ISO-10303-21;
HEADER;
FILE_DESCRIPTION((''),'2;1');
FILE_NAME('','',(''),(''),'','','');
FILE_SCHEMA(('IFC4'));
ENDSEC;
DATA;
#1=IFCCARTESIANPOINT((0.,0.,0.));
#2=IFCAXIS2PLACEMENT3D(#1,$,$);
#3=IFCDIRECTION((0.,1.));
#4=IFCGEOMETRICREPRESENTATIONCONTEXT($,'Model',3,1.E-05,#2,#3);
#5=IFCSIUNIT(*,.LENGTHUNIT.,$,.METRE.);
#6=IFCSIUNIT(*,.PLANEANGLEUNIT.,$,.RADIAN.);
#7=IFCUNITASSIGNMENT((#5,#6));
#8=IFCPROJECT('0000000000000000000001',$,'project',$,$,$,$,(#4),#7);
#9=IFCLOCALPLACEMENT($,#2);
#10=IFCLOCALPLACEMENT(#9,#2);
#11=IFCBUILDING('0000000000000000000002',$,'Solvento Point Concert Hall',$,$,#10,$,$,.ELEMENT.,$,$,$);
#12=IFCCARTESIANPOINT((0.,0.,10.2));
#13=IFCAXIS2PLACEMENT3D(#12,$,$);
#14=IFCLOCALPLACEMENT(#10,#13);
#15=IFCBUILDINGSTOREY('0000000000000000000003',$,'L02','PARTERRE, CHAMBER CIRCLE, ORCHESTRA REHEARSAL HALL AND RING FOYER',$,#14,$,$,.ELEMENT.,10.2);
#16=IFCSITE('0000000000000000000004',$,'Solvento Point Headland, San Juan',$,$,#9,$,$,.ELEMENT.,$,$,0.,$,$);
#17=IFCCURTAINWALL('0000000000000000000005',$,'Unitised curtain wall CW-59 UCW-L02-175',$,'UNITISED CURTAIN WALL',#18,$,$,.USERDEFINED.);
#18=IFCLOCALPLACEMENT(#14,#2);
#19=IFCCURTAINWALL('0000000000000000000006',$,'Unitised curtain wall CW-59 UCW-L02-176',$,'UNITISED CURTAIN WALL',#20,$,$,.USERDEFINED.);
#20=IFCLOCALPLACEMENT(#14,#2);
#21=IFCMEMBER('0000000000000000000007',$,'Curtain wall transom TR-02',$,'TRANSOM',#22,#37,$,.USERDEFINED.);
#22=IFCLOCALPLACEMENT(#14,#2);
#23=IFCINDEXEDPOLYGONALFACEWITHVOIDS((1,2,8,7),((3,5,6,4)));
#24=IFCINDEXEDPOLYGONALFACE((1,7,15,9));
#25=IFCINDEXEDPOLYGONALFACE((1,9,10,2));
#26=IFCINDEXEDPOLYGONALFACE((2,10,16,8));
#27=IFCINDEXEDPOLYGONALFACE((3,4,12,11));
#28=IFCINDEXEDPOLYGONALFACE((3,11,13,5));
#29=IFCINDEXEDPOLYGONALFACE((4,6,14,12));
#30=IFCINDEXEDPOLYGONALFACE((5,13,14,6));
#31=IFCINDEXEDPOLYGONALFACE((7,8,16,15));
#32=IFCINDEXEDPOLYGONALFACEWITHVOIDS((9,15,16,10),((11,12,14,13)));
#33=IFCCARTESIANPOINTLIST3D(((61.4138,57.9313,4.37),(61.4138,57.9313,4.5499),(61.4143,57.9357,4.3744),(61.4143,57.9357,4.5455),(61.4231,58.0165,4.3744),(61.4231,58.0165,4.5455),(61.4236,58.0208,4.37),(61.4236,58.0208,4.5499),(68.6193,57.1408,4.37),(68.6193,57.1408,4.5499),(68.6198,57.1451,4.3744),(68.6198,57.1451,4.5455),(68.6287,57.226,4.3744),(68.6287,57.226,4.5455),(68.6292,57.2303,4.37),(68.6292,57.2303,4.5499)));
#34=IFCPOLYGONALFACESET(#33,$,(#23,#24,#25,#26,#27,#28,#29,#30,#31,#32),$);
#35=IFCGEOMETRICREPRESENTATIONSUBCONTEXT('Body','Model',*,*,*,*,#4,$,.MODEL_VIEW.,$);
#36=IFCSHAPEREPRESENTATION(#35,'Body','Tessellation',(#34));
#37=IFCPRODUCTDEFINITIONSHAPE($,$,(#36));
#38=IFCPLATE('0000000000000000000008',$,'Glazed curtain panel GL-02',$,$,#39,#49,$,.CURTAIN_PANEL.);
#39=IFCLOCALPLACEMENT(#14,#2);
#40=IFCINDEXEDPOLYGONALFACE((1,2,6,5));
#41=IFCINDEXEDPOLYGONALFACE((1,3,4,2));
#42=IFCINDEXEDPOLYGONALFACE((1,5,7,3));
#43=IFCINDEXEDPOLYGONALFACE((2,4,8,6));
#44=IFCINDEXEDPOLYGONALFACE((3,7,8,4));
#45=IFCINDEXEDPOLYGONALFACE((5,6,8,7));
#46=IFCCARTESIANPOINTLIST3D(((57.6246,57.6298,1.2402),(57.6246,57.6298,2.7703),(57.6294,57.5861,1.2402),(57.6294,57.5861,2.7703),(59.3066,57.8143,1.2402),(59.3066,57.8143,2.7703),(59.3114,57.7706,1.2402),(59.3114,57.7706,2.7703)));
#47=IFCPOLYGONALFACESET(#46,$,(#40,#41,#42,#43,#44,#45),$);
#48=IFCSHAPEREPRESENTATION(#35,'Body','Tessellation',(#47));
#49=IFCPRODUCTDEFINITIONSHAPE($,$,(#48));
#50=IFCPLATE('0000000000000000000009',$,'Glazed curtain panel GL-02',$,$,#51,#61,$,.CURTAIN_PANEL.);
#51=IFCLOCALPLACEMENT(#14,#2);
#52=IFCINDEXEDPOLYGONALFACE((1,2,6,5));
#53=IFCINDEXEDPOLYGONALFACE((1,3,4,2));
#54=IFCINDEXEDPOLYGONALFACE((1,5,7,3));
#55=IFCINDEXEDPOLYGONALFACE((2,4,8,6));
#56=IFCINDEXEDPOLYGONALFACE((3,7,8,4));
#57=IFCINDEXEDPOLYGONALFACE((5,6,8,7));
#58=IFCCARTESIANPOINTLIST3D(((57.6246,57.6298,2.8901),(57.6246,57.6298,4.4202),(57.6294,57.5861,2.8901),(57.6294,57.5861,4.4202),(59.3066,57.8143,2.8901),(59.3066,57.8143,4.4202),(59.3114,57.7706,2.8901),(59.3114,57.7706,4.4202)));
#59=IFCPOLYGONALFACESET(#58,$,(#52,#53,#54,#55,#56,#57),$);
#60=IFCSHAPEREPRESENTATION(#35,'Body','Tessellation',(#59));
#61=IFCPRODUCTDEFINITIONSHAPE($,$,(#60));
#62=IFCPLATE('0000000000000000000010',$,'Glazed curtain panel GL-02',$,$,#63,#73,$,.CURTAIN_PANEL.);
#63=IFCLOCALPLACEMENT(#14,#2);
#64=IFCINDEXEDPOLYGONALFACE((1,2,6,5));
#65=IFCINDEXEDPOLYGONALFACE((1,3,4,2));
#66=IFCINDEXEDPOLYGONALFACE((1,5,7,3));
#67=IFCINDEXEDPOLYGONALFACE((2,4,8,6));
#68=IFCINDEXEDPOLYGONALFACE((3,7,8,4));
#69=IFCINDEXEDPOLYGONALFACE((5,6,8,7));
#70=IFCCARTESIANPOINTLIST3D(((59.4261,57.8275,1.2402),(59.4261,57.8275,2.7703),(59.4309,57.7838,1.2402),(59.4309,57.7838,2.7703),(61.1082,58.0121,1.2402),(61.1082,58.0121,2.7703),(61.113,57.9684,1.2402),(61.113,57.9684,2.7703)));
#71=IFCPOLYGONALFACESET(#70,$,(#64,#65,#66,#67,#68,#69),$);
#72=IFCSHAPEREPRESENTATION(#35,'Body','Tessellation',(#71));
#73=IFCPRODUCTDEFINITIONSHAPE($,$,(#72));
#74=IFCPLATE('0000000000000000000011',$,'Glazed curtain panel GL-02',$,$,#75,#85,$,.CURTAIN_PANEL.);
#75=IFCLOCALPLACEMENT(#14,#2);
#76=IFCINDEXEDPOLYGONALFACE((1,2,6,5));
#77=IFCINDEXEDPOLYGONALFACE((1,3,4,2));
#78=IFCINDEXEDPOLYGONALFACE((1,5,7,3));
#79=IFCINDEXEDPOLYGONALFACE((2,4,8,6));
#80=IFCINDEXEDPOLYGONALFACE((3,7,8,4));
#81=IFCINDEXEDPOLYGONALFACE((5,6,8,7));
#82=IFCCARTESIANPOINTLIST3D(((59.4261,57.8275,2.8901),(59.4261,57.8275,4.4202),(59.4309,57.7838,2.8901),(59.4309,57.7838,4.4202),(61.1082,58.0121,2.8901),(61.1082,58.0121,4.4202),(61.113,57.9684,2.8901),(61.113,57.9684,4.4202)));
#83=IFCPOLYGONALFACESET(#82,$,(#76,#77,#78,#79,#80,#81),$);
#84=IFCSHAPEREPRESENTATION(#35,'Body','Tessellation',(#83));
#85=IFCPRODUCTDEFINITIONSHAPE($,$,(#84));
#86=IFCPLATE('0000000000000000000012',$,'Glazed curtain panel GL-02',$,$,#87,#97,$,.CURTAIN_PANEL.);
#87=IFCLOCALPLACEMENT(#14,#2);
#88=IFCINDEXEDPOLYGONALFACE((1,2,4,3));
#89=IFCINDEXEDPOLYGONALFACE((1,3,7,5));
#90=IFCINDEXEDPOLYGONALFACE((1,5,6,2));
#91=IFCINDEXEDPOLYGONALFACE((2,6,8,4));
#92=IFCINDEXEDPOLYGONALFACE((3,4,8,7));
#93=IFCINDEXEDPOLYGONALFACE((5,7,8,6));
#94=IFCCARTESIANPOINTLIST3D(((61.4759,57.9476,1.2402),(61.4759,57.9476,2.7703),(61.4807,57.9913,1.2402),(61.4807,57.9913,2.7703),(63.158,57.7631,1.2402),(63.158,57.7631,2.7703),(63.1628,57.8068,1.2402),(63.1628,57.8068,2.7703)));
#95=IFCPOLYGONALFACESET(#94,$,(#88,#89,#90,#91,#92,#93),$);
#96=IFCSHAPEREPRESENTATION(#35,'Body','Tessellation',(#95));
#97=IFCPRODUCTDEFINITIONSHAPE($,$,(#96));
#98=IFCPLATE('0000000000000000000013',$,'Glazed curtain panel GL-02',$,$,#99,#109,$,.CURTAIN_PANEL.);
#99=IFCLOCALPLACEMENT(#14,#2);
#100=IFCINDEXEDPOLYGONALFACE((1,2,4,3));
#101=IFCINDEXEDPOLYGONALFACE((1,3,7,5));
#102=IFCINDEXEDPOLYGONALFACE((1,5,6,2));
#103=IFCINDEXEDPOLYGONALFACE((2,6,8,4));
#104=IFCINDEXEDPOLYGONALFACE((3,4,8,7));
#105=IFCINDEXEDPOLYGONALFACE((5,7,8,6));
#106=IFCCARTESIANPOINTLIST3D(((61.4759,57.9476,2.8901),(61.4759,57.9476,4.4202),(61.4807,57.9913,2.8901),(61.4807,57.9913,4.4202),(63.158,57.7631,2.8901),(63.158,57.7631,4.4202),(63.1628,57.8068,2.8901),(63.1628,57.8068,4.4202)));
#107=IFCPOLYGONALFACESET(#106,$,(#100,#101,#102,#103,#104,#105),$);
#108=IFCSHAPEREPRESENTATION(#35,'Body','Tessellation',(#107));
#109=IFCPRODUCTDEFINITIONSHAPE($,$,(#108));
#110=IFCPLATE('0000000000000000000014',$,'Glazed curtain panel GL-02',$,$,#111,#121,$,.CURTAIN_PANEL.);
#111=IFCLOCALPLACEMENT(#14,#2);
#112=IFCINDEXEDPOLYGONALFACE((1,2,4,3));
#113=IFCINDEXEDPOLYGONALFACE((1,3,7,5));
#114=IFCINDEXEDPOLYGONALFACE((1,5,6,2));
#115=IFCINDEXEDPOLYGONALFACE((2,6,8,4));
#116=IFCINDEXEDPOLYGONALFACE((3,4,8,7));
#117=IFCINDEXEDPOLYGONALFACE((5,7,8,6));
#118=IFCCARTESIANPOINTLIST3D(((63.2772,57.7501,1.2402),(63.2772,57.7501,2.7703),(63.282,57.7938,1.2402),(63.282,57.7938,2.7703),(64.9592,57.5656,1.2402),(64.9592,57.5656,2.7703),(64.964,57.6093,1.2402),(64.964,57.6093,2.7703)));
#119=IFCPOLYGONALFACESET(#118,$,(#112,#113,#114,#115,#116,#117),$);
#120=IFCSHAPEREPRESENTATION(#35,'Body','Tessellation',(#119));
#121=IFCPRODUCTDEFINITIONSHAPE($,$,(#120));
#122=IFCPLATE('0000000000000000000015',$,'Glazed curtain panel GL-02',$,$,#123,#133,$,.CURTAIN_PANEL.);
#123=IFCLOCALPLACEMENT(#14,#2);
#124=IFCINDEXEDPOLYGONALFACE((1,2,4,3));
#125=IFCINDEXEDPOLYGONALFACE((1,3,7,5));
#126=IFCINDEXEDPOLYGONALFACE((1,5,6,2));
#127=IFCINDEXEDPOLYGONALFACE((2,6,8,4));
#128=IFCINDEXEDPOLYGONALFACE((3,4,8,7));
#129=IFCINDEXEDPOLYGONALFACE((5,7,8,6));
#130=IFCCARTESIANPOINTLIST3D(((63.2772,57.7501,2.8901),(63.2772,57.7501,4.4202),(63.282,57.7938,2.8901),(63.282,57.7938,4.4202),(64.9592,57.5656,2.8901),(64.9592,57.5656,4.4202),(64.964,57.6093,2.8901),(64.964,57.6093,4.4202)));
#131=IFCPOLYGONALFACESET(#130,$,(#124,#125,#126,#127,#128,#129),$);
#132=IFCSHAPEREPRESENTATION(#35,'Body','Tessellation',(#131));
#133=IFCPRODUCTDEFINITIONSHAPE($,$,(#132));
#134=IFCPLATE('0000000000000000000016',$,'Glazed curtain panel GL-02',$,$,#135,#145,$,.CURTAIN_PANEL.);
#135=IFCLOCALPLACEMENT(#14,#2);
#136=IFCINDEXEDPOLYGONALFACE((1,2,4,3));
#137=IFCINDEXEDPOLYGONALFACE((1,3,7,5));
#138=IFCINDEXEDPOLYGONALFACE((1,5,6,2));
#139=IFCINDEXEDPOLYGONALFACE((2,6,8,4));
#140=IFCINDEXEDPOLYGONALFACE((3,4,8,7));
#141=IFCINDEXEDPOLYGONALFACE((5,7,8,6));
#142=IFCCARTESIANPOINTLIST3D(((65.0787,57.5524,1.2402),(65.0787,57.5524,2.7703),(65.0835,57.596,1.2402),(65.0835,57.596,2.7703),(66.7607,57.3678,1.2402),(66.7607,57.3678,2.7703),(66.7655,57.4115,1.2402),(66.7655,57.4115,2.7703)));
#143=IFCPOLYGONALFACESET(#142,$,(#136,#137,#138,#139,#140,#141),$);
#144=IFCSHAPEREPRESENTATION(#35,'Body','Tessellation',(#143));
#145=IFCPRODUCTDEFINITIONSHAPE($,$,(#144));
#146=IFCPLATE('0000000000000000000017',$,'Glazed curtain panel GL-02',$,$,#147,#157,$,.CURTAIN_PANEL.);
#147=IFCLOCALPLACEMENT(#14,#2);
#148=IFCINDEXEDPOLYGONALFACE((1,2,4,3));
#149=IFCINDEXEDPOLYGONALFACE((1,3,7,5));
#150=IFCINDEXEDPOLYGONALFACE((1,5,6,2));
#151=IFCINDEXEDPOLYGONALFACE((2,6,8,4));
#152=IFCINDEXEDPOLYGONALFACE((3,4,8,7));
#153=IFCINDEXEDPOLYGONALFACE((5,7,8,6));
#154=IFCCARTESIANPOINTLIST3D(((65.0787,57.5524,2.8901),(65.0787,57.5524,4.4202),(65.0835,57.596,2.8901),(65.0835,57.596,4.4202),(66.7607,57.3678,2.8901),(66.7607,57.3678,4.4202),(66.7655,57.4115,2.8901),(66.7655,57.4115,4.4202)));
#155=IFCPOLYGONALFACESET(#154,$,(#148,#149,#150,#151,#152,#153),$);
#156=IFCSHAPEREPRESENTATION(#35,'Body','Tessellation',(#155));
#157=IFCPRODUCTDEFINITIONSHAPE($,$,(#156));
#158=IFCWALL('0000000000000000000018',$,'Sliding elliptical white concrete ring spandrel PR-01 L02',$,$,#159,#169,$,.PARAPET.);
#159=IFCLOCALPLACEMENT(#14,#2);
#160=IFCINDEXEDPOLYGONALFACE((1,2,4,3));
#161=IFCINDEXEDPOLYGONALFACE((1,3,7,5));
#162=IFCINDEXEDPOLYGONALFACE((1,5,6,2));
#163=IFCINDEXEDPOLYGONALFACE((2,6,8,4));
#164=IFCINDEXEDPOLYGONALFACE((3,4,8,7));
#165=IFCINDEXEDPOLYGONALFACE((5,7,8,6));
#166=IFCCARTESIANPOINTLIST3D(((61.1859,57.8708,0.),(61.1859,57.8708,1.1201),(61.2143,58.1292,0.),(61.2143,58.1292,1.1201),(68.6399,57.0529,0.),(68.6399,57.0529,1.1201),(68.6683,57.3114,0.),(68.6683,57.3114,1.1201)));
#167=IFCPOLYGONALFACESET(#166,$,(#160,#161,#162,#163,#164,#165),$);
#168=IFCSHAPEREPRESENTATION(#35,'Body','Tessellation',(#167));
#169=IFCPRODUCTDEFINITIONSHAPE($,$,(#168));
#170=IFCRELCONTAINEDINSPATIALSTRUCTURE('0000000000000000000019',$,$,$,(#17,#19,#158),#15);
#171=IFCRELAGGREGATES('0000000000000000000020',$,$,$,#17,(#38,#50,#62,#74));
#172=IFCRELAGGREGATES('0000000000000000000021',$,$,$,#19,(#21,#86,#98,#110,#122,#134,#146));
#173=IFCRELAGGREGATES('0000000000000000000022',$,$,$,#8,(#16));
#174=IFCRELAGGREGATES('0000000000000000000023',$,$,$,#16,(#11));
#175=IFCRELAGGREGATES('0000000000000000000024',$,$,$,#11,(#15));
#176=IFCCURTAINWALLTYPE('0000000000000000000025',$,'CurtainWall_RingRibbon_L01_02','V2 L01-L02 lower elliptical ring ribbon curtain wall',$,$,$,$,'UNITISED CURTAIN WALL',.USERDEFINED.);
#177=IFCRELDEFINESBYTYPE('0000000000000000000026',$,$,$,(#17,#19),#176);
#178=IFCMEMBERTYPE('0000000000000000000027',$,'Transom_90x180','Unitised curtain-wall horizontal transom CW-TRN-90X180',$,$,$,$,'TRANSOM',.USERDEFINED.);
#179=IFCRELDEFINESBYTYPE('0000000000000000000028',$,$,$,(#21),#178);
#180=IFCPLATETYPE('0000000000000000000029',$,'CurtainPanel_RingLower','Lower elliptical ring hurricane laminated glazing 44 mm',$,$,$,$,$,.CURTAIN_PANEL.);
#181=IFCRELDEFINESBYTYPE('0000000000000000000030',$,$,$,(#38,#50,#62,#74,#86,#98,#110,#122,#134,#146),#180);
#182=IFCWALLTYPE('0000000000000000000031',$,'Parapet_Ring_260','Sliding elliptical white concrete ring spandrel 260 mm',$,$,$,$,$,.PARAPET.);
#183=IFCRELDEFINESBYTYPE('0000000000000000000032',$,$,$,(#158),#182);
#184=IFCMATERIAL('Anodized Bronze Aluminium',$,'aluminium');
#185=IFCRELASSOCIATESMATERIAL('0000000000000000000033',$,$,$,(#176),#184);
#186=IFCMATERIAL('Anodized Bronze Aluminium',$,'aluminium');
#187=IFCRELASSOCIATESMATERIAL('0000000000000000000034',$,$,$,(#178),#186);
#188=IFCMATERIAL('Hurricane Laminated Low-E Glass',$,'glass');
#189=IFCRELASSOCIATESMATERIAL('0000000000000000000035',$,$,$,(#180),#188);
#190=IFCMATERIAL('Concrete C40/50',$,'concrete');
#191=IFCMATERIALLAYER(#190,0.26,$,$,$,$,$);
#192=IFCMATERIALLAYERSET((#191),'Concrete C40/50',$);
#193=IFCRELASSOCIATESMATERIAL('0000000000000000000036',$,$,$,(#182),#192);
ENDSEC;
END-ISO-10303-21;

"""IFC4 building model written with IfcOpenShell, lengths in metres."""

from ifc_helpers import new_model, si_unit, direction, frame, frame_2d, origin, origin_2d, place, context, subcontext, project, spatial, rectangle, hollow_rectangle, extrude, material, layer, layer_set, material_profile, profile_set, type_object, element, aggregate, save


model = new_model("IFC4")

# Units and contexts
model_context = context("Model", 3, precision=1e-05, world=origin(), true_north=direction((0.0, 1.0)))
body_context = subcontext(model_context, "Body", "Model", "MODEL_VIEW")
ifc_project = project(units=[si_unit("LENGTHUNIT", "METRE"), si_unit("PLANEANGLEUNIT", "RADIAN")], contexts=[model_context])

# Site, building, storey
site_placement = place(None, origin())
site = spatial("IfcSite", under=ifc_project, at=site_placement, Name="Solvento Point Headland, San Juan", CompositionType="ELEMENT", RefElevation=0.0)
building_placement = place(site_placement, origin())
building = spatial("IfcBuilding", under=site, at=building_placement, Name="Solvento Point Concert Hall", CompositionType="ELEMENT")
storey_placement = place(building_placement, frame((0.0, 0.0, 10.2)))
storey = spatial("IfcBuildingStorey", under=building, at=storey_placement, Name="L02", Description="PARTERRE, CHAMBER CIRCLE, ORCHESTRA REHEARSAL HALL AND RING FOYER", CompositionType="ELEMENT", Elevation=10.2)

# Curtain walls, member
ifc_material_1 = material(Name="Anodized Bronze Aluminium", Category="aluminium")
curtain_wall_type = type_object("IfcCurtainWallType", Name="CurtainWall_RingRibbon_L01_02", Description="V2 L01-L02 lower elliptical ring ribbon curtain wall", ElementType="UNITISED CURTAIN WALL", PredefinedType="USERDEFINED", material=ifc_material_1)
curtain_wall_1_placement = place(storey_placement, origin())
curtain_wall_1 = element("IfcCurtainWall", 1, at=curtain_wall_1_placement, inside=storey, type_object=curtain_wall_type, Name="Unitised curtain wall CW-59 UCW-L02-175", ObjectType="UNITISED CURTAIN WALL", PredefinedType="USERDEFINED")
curtain_wall_2_placement = place(storey_placement, origin())
curtain_wall_2 = element("IfcCurtainWall", 2, at=curtain_wall_2_placement, inside=storey, type_object=curtain_wall_type, Name="Unitised curtain wall CW-59 UCW-L02-176", ObjectType="UNITISED CURTAIN WALL", PredefinedType="USERDEFINED")
ifc_material_2 = material(Name="Anodized Bronze Aluminium", Category="aluminium")
ifc_material_profile_1 = material_profile(ifc_material_2, hollow_rectangle(XDim=0.0901, YDim=0.1799, WallThickness=0.0044, at=origin_2d()), Name="CW-TRN-90X180")
ifc_profile_set_1 = profile_set([ifc_material_profile_1], Name="Anodized Bronze Aluminium")
member_type_1 = type_object("IfcMemberType", Name="Transom_90x180", Description="Unitised curtain-wall horizontal transom CW-TRN-90X180", ElementType="TRANSOM", PredefinedType="USERDEFINED", material=ifc_profile_set_1)
member_1_placement = place(storey_placement, frame((61.4187, 57.9761, 4.46), z_axis=(0.994036, -0.109056, 0.0), x_axis=(0.109056, 0.994036, 0.0)))
member_1 = element("IfcMember", 3, at=member_1_placement, type_object=member_type_1, Name="Curtain wall transom TR-02", ObjectType="TRANSOM", PredefinedType="USERDEFINED", context=body_context, shape_type="SweptSolid", body=[
    extrude(hollow_rectangle(XDim=0.0901, YDim=0.1799, WallThickness=0.0044, at=origin_2d()), origin(), (0.0, 0.0, 1.0), 7.2488),
])

# Plates
ifc_material_3 = material(Name="Hurricane Laminated Low-E Glass", Category="glass")
plate_type = type_object("IfcPlateType", Name="CurtainPanel_RingLower", Description="Lower elliptical ring hurricane laminated glazing 44 mm", PredefinedType="CURTAIN_PANEL", material=ifc_material_3)
plate_1_placement = place(storey_placement, frame((58.468, 57.7002, 1.2402), z_axis=(0.0, 0.0, 1.0), x_axis=(0.994035, 0.109058, 0.0)))
plate_1 = element("IfcPlate", 4, at=plate_1_placement, type_object=plate_type, Name="Glazed curtain panel GL-02", PredefinedType="CURTAIN_PANEL", context=body_context, shape_type="SweptSolid", body=[
    extrude(rectangle(XDim=1.6921, YDim=0.0439, at=origin_2d()), origin(), (0.0, 0.0, 1.0), 1.53),
])
plate_2_placement = place(storey_placement, frame((58.468, 57.7002, 2.8901), z_axis=(0.0, 0.0, 1.0), x_axis=(0.994035, 0.109058, 0.0)))
plate_2 = element("IfcPlate", 5, at=plate_2_placement, type_object=plate_type, Name="Glazed curtain panel GL-02", PredefinedType="CURTAIN_PANEL", context=body_context, shape_type="SweptSolid", body=[
    extrude(rectangle(XDim=1.6921, YDim=0.0439, at=origin_2d()), origin(), (0.0, 0.0, 1.0), 1.53),
])
plate_3_placement = place(storey_placement, frame((60.2695, 57.8979, 1.2402), z_axis=(0.0, 0.0, 1.0), x_axis=(0.994035, 0.109058, 0.0)))
plate_3 = element("IfcPlate", 6, at=plate_3_placement, type_object=plate_type, Name="Glazed curtain panel GL-02", PredefinedType="CURTAIN_PANEL", context=body_context, shape_type="SweptSolid", body=[
    extrude(rectangle(XDim=1.6921, YDim=0.0439, at=origin_2d()), origin(), (0.0, 0.0, 1.0), 1.53),
])
plate_4_placement = place(storey_placement, frame((60.2695, 57.8979, 2.8901), z_axis=(0.0, 0.0, 1.0), x_axis=(0.994035, 0.109058, 0.0)))
plate_4 = element("IfcPlate", 7, at=plate_4_placement, type_object=plate_type, Name="Glazed curtain panel GL-02", PredefinedType="CURTAIN_PANEL", context=body_context, shape_type="SweptSolid", body=[
    extrude(rectangle(XDim=1.6921, YDim=0.0439, at=origin_2d()), origin(), (0.0, 0.0, 1.0), 1.53),
])
aggregate(curtain_wall_1, [plate_1, plate_2, plate_3, plate_4])
plate_5_placement = place(storey_placement, frame((62.3193, 57.8772, 1.2402), z_axis=(0.0, 0.0, 1.0), x_axis=(0.994035, -0.109058, 0.0)))
plate_5 = element("IfcPlate", 8, at=plate_5_placement, type_object=plate_type, Name="Glazed curtain panel GL-02", PredefinedType="CURTAIN_PANEL", context=body_context, shape_type="SweptSolid", body=[
    extrude(rectangle(XDim=1.6921, YDim=0.0439, at=origin_2d()), origin(), (0.0, 0.0, 1.0), 1.53),
])
plate_6_placement = place(storey_placement, frame((62.3193, 57.8772, 2.8901), z_axis=(0.0, 0.0, 1.0), x_axis=(0.994035, -0.109058, 0.0)))
plate_6 = element("IfcPlate", 9, at=plate_6_placement, type_object=plate_type, Name="Glazed curtain panel GL-02", PredefinedType="CURTAIN_PANEL", context=body_context, shape_type="SweptSolid", body=[
    extrude(rectangle(XDim=1.6921, YDim=0.0439, at=origin_2d()), origin(), (0.0, 0.0, 1.0), 1.53),
])
plate_7_placement = place(storey_placement, frame((64.1206, 57.6797, 1.2402), z_axis=(0.0, 0.0, 1.0), x_axis=(0.994035, -0.109058, 0.0)))
plate_7 = element("IfcPlate", 10, at=plate_7_placement, type_object=plate_type, Name="Glazed curtain panel GL-02", PredefinedType="CURTAIN_PANEL", context=body_context, shape_type="SweptSolid", body=[
    extrude(rectangle(XDim=1.6921, YDim=0.0439, at=origin_2d()), origin(), (0.0, 0.0, 1.0), 1.53),
])
plate_8_placement = place(storey_placement, frame((64.1206, 57.6797, 2.8901), z_axis=(0.0, 0.0, 1.0), x_axis=(0.994035, -0.109058, 0.0)))
plate_8 = element("IfcPlate", 11, at=plate_8_placement, type_object=plate_type, Name="Glazed curtain panel GL-02", PredefinedType="CURTAIN_PANEL", context=body_context, shape_type="SweptSolid", body=[
    extrude(rectangle(XDim=1.6921, YDim=0.0439, at=origin_2d()), origin(), (0.0, 0.0, 1.0), 1.53),
])
plate_9_placement = place(storey_placement, frame((65.9221, 57.4819, 1.2402), z_axis=(0.0, 0.0, 1.0), x_axis=(0.994035, -0.109058, 0.0)))
plate_9 = element("IfcPlate", 12, at=plate_9_placement, type_object=plate_type, Name="Glazed curtain panel GL-02", PredefinedType="CURTAIN_PANEL", context=body_context, shape_type="SweptSolid", body=[
    extrude(rectangle(XDim=1.6921, YDim=0.0439, at=origin_2d()), origin(), (0.0, 0.0, 1.0), 1.53),
])
plate_10_placement = place(storey_placement, frame((65.9221, 57.4819, 2.8901), z_axis=(0.0, 0.0, 1.0), x_axis=(0.994035, -0.109058, 0.0)))
plate_10 = element("IfcPlate", 13, at=plate_10_placement, type_object=plate_type, Name="Glazed curtain panel GL-02", PredefinedType="CURTAIN_PANEL", context=body_context, shape_type="SweptSolid", body=[
    extrude(rectangle(XDim=1.6921, YDim=0.0439, at=origin_2d()), origin(), (0.0, 0.0, 1.0), 1.53),
])
aggregate(curtain_wall_2, [member_1, plate_5, plate_6, plate_7, plate_8, plate_9, plate_10])

# Wall
ifc_material_4 = material(Name="Concrete C40/50", Category="concrete")
ifc_layer = layer(ifc_material_4, 0.26)
ifc_layer_set = layer_set([ifc_layer], Name="Concrete C40/50")
wall_type = type_object("IfcWallType", Name="Parapet_Ring_260", Description="Sliding elliptical white concrete ring spandrel 260 mm", PredefinedType="PARAPET", material=ifc_layer_set)
wall_placement = place(storey_placement, frame((61.2, 58.0, 0.0), z_axis=(0.0, 0.0, 1.0), x_axis=(0.994034, -0.109066, 0.0)))
element("IfcWall", 14, at=wall_placement, inside=storey, type_object=wall_type, Name="Sliding elliptical white concrete ring spandrel PR-01 L02", PredefinedType="PARAPET", context=body_context, shape_type="SweptSolid", body=[
    extrude(rectangle(XDim=7.4988, YDim=0.26, at=frame_2d((3.7495, 0.0))), origin(), (0.0, 0.0, 1.0), 1.1201),
])

save(model, "model.ifc")
